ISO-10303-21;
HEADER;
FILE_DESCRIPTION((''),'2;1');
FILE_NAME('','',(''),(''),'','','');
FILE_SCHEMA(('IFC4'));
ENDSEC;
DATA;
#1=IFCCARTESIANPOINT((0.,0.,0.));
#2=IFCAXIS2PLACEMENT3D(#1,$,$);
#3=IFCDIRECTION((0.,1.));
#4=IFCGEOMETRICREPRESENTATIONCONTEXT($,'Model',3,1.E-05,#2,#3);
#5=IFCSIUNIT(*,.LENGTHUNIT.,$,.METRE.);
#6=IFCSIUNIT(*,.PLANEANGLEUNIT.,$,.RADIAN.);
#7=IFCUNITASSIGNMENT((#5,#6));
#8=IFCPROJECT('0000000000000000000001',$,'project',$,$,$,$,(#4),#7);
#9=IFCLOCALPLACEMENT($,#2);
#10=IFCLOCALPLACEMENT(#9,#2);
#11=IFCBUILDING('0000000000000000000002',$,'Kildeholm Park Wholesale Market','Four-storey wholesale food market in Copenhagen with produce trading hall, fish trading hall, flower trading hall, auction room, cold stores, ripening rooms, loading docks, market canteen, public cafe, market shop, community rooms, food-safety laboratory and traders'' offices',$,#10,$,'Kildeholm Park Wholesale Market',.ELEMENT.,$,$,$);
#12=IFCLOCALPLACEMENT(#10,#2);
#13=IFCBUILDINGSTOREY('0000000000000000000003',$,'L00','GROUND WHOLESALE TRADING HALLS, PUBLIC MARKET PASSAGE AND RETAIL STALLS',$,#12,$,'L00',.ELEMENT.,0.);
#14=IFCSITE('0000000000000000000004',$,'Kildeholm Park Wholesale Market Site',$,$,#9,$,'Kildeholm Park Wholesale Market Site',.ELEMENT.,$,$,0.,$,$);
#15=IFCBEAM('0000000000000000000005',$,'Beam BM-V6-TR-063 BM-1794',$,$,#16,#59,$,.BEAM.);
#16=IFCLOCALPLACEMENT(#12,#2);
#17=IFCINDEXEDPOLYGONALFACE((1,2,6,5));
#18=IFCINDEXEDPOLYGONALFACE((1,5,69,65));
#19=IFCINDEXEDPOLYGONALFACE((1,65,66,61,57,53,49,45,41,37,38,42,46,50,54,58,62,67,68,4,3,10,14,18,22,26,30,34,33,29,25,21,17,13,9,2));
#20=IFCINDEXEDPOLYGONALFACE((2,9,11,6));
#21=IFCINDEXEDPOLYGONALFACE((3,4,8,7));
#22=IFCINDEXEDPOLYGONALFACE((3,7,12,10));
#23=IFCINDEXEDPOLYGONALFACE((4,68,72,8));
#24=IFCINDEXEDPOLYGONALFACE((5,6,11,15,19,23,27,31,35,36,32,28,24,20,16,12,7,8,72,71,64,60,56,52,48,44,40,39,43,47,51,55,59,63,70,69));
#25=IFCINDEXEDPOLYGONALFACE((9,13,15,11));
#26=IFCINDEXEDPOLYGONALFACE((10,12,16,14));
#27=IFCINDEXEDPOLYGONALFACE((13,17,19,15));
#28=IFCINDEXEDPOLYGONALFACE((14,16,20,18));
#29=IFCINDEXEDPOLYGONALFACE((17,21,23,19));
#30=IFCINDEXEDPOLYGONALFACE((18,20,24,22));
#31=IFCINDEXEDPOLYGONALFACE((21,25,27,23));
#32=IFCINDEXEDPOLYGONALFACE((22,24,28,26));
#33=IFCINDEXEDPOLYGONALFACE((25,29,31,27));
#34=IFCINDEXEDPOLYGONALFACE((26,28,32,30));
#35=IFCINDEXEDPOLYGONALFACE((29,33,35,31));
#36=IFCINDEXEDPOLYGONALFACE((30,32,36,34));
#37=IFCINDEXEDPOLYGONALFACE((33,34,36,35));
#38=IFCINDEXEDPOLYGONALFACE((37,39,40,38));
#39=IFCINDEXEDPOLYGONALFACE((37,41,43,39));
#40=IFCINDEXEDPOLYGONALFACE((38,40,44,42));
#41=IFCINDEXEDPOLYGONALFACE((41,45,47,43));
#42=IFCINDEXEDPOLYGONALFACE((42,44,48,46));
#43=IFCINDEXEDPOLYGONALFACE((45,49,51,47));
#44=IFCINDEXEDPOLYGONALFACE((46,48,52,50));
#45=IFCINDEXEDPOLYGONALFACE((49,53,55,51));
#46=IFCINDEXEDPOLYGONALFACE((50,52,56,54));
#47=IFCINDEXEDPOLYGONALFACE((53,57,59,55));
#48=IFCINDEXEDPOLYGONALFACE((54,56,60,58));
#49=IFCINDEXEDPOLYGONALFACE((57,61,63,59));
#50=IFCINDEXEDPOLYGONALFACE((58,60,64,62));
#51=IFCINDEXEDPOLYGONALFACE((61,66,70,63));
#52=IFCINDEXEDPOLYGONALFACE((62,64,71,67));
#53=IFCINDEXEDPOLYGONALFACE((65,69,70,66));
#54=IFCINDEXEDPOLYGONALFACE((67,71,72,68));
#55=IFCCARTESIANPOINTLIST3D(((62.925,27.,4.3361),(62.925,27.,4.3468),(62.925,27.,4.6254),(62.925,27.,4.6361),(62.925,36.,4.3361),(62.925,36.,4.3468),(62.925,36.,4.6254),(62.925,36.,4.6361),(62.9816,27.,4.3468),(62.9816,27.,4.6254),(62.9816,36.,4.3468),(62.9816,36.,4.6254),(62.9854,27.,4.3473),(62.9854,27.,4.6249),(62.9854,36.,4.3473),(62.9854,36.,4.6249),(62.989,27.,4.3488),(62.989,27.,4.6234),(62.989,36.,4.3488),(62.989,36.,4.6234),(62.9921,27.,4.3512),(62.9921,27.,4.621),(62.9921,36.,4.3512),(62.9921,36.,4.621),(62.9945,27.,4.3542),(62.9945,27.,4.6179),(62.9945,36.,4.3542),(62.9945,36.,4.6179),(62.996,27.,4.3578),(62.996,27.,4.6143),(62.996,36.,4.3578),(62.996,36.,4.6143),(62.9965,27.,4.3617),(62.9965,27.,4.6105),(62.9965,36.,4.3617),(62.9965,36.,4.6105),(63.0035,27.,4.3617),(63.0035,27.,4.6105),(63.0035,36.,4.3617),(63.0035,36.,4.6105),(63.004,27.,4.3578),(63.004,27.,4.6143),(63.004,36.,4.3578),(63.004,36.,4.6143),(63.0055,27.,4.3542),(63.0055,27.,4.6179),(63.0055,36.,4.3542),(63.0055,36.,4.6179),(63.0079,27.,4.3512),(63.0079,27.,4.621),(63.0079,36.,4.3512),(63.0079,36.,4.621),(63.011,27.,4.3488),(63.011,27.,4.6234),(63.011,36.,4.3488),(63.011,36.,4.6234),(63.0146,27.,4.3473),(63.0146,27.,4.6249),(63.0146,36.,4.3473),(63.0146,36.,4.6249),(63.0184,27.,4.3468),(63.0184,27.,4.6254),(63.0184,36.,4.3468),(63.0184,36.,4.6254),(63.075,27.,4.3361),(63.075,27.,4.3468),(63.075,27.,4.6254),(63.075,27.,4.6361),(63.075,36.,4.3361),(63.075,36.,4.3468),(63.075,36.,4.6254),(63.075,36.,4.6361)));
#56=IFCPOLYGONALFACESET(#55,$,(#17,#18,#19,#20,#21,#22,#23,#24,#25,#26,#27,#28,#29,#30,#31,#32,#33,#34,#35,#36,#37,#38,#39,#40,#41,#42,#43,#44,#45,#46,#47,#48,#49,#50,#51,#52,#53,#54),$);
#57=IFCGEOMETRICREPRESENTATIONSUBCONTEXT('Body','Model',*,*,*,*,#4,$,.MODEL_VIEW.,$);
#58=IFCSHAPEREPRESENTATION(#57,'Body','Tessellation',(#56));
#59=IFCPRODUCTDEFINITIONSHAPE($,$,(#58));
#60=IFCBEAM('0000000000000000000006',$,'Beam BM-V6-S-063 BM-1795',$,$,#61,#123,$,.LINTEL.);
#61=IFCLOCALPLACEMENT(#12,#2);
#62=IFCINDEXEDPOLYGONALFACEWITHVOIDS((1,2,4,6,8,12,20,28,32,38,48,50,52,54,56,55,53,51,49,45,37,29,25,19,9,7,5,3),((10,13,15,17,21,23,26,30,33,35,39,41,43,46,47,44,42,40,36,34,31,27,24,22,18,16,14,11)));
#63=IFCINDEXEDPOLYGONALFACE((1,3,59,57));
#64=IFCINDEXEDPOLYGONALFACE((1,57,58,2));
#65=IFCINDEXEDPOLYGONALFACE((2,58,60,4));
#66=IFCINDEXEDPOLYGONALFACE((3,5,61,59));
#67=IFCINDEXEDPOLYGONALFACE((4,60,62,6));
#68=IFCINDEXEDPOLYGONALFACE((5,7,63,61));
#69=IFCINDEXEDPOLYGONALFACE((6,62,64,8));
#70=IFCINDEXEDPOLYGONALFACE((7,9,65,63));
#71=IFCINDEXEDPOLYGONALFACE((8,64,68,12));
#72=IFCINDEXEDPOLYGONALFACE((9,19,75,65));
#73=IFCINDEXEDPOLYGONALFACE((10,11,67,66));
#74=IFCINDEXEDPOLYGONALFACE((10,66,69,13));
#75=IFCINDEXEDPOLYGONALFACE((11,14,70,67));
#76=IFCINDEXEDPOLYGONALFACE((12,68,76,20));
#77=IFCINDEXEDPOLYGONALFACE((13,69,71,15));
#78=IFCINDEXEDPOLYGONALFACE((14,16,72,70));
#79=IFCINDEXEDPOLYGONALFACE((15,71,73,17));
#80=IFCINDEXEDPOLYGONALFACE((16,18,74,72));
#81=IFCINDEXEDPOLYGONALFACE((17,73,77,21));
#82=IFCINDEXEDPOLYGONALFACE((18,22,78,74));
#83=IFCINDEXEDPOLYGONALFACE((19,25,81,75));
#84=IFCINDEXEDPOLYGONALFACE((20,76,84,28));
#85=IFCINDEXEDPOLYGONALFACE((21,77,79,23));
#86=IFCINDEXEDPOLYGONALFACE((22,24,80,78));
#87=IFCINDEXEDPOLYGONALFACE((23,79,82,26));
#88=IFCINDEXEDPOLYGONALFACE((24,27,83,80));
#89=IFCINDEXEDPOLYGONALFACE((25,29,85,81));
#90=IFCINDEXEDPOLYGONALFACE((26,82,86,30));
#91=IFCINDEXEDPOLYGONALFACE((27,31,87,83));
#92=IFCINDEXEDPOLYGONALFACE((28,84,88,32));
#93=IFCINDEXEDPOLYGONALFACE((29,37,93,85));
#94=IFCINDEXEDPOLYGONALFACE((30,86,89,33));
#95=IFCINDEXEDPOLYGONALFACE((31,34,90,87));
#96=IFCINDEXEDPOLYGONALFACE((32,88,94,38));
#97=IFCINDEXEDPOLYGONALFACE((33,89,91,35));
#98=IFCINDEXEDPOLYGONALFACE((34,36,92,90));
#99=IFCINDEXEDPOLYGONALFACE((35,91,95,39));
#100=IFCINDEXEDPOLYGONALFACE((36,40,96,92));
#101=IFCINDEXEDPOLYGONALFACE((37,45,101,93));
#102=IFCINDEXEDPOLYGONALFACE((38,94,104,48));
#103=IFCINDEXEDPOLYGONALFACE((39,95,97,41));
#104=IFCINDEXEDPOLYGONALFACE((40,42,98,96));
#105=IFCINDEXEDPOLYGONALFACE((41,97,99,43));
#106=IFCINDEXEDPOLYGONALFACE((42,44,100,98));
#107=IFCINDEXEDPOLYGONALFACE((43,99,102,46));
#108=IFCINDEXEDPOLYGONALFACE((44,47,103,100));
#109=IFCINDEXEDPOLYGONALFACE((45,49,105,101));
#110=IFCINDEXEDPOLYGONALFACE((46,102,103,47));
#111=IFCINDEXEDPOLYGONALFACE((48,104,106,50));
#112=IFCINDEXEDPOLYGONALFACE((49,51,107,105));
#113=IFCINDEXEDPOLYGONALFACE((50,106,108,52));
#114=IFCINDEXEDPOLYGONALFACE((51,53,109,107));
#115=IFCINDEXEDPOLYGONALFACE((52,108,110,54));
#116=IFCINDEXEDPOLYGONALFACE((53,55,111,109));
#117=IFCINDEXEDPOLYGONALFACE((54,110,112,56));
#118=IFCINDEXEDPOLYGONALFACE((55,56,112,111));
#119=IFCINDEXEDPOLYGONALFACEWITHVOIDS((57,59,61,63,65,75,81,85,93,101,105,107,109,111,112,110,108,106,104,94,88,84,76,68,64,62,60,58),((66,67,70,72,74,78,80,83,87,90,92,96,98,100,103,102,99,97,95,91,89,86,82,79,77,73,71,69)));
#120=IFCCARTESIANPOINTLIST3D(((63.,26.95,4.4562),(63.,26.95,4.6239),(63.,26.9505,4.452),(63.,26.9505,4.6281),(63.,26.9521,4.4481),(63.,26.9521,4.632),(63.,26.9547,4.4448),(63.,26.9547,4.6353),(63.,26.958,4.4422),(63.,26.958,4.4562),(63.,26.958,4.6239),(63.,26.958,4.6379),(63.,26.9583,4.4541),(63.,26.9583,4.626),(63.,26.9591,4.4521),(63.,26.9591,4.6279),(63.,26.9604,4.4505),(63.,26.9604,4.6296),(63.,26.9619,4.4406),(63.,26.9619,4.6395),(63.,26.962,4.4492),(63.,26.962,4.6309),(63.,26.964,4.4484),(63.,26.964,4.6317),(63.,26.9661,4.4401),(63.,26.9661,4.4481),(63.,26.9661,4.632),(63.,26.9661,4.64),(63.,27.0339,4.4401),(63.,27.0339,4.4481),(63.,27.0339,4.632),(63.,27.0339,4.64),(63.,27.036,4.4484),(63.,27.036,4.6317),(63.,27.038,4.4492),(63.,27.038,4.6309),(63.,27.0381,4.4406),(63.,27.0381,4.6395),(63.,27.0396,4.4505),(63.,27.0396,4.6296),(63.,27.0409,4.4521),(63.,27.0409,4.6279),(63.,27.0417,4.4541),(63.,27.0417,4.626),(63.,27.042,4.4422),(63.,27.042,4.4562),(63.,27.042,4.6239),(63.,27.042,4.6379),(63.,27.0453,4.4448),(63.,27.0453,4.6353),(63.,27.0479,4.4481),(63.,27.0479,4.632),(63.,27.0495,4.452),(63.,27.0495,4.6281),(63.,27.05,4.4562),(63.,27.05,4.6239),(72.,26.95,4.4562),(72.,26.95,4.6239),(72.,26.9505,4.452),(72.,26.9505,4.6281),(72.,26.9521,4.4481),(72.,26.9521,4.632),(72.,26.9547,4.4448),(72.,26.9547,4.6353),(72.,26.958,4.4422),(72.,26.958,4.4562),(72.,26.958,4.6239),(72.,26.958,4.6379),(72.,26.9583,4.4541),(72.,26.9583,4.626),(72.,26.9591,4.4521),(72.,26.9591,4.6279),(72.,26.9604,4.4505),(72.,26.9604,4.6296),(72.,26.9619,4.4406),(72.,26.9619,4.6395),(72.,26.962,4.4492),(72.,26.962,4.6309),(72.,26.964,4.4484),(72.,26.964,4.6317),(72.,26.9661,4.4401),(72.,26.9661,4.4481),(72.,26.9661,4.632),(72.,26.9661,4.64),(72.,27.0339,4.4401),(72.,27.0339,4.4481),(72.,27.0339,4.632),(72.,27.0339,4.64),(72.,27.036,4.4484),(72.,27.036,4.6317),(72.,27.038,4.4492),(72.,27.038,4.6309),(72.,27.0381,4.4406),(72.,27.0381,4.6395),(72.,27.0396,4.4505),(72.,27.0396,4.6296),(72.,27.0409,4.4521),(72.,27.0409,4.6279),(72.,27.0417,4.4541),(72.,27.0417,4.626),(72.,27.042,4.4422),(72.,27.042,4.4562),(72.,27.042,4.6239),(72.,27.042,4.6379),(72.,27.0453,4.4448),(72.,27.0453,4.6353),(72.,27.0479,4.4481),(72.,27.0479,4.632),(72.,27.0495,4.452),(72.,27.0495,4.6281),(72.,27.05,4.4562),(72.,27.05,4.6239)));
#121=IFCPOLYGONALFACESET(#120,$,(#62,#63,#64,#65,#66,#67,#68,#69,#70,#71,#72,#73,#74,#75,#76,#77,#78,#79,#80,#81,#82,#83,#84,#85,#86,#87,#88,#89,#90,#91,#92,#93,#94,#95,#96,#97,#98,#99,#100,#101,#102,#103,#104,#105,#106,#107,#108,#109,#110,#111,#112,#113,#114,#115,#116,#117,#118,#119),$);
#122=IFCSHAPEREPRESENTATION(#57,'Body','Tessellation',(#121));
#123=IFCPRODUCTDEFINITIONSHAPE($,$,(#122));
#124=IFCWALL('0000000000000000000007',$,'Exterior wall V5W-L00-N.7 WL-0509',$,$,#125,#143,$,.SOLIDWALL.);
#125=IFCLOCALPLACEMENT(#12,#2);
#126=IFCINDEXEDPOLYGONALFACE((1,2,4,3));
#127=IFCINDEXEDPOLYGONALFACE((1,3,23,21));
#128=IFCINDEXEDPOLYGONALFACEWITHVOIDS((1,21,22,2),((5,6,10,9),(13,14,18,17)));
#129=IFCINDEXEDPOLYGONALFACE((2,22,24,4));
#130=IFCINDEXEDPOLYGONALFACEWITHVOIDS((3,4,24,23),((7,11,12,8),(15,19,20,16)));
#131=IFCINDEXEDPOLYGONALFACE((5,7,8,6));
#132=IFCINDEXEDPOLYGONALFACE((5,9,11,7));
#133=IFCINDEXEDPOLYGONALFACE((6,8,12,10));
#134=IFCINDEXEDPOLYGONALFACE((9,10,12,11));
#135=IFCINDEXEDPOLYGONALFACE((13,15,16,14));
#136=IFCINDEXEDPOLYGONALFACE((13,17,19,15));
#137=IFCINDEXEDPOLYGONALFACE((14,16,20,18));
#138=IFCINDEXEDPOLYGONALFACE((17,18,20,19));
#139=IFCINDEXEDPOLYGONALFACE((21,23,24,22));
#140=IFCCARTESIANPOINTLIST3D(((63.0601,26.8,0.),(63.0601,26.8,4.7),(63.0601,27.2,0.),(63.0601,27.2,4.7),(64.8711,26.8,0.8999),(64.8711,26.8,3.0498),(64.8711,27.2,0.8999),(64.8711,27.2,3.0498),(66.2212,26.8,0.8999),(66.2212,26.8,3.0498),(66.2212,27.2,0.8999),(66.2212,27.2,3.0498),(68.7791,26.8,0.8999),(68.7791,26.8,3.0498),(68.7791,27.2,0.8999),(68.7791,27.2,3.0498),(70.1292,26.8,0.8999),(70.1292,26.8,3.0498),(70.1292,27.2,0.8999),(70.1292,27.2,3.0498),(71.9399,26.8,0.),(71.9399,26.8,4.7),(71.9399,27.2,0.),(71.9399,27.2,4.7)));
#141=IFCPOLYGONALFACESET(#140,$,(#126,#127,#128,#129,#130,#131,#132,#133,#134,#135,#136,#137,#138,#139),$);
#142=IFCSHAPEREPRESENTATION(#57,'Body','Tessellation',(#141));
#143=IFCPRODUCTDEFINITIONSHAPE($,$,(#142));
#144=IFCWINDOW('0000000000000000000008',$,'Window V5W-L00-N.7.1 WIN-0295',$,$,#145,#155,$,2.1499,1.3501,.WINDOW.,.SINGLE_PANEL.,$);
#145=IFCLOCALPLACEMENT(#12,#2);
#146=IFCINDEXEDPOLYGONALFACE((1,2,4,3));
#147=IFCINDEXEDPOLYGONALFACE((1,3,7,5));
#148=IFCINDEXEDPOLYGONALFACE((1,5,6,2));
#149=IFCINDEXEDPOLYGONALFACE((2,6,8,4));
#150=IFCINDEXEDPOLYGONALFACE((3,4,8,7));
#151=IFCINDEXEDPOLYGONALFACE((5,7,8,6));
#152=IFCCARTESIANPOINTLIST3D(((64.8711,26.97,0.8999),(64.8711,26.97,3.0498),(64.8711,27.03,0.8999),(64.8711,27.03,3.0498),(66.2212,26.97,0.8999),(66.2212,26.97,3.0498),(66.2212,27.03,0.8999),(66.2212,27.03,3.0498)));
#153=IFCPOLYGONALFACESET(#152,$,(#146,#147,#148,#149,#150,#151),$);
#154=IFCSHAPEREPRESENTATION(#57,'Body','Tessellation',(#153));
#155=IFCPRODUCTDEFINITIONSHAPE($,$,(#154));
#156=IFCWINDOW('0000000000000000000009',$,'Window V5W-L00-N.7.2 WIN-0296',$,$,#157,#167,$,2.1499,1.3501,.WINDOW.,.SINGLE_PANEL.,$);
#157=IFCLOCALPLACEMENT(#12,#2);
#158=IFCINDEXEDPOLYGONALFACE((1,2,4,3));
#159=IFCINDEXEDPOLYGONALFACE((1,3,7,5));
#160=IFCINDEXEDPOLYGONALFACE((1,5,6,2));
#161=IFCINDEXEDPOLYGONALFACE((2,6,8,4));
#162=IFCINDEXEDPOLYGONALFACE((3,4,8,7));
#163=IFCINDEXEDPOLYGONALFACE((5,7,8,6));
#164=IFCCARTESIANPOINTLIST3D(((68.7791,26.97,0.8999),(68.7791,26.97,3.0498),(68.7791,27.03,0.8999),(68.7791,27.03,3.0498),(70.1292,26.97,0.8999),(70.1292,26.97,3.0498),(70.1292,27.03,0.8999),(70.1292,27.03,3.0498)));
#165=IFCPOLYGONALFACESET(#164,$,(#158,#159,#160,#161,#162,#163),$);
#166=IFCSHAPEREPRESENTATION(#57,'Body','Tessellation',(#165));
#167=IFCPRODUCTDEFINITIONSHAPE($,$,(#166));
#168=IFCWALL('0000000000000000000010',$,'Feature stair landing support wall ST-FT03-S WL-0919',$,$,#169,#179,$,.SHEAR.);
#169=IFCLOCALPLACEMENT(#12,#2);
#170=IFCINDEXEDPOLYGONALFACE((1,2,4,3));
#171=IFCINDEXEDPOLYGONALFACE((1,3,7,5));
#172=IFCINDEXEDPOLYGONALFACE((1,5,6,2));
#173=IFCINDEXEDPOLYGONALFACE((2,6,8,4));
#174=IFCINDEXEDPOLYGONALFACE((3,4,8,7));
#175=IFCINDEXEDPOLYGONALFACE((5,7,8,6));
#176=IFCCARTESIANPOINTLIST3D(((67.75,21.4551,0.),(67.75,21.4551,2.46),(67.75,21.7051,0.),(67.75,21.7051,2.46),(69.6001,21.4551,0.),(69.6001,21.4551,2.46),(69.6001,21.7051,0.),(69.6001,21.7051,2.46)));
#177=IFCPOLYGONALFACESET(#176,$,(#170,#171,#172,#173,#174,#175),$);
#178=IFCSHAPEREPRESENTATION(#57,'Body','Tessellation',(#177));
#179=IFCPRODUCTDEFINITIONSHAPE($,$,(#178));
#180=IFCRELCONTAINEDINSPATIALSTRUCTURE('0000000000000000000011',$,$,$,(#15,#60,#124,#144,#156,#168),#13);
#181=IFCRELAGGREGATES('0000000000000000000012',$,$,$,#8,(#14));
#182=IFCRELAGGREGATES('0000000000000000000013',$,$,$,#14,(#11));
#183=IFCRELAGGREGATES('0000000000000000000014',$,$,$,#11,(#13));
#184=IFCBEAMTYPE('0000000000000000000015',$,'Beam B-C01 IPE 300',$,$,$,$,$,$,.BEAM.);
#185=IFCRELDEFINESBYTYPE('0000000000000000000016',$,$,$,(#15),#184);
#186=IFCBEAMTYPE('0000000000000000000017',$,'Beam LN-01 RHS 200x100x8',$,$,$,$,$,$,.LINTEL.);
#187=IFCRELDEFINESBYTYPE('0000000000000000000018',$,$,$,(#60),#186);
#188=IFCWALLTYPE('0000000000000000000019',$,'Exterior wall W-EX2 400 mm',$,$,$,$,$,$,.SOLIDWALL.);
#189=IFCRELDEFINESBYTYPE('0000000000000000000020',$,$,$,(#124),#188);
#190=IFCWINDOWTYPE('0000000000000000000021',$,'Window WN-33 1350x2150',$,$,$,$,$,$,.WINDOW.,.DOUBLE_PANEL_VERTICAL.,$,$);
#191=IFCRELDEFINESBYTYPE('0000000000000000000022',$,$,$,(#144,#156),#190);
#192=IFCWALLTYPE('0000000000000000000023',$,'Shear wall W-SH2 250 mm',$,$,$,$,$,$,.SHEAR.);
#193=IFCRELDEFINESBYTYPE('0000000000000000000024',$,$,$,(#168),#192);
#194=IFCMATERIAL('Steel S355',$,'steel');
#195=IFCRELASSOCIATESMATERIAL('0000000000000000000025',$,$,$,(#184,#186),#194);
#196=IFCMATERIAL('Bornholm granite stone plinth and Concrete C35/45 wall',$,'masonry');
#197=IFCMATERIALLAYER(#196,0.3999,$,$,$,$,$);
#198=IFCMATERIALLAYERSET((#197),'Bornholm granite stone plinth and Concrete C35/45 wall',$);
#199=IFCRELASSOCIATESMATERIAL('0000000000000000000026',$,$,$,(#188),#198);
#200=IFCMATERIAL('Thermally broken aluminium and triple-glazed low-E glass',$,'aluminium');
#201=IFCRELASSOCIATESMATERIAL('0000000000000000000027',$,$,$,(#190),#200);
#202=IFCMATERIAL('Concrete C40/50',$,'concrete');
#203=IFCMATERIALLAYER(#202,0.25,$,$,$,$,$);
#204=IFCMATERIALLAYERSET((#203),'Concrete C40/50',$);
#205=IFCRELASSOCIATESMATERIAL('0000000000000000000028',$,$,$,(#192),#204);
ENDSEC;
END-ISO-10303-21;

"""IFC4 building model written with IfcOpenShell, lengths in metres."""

from ifc_helpers import new_model, si_unit, direction, frame, frame_2d, origin, origin_2d, place, context, subcontext, project, spatial, rectangle, hollow_rectangle, i_section, extrude, material, layer, layer_set, material_profile, profile_set, type_object, element, fill, save


model = new_model("IFC4")

# Units and contexts
model_context = context("Model", 3, precision=1e-05, world=origin(), true_north=direction((0.0, 1.0)))
body_context = subcontext(model_context, "Body", "Model", "MODEL_VIEW")
ifc_project = project(units=[si_unit("LENGTHUNIT", "METRE"), si_unit("PLANEANGLEUNIT", "RADIAN")], contexts=[model_context])

# Site, building, storey
site_placement = place(None, origin())
site = spatial("IfcSite", under=ifc_project, at=site_placement, Name="Kildeholm Park Wholesale Market Site", LongName="Kildeholm Park Wholesale Market Site", CompositionType="ELEMENT", RefElevation=0.0)
building_placement = place(site_placement, origin())
building = spatial("IfcBuilding", under=site, at=building_placement, Name="Kildeholm Park Wholesale Market", Description="Four-storey wholesale food market in Copenhagen with produce trading hall, fish trading hall, flower trading hall, auction room, cold stores, ripening rooms, loading docks, market canteen, public cafe, market shop, community rooms, food-safety laboratory and traders' offices", LongName="Kildeholm Park Wholesale Market", CompositionType="ELEMENT")
storey_placement = place(building_placement, origin())
storey = spatial("IfcBuildingStorey", under=building, at=storey_placement, Name="L00", Description="GROUND WHOLESALE TRADING HALLS, PUBLIC MARKET PASSAGE AND RETAIL STALLS", LongName="L00", CompositionType="ELEMENT", Elevation=0.0)

# Shared definitions
ifc_material_1 = material(Name="Steel S355", Category="steel")

# Beams
ifc_material_profile_1 = material_profile(ifc_material_1, i_section(OverallWidth=0.1499, OverallDepth=0.3, WebThickness=0.0071, FlangeThickness=0.0107, FilletRadius=0.0149, at=origin_2d()), Name="IPE 300")
ifc_profile_set_1 = profile_set([ifc_material_profile_1], Name="Steel S355")
beam_type_1 = type_object("IfcBeamType", Name="Beam B-C01 IPE 300", PredefinedType="BEAM", material=ifc_profile_set_1)
beam_1_placement = place(storey_placement, frame((63.0, 27.0, 4.4861), z_axis=(0.0, 1.0, 0.0), x_axis=(-1.0, 0.0, 0.0)))
element("IfcBeam", 1, at=beam_1_placement, inside=storey, type_object=beam_type_1, Name="Beam BM-V6-TR-063 BM-1794", PredefinedType="BEAM", context=body_context, shape_type="SweptSolid", body=[
    extrude(i_section(OverallWidth=0.1499, OverallDepth=0.3, WebThickness=0.0071, FlangeThickness=0.0107, FilletRadius=0.0149, at=origin_2d()), origin(), (0.0, 0.0, 1.0), 9.0),
])
ifc_material_profile_2 = material_profile(ifc_material_1, hollow_rectangle(XDim=0.1001, YDim=0.2, WallThickness=0.0081, InnerFilletRadius=0.0081, OuterFilletRadius=0.0161, at=origin_2d()), Name="RHS 200x100x8")
ifc_profile_set_2 = profile_set([ifc_material_profile_2], Name="Steel S355")
beam_type_2 = type_object("IfcBeamType", Name="Beam LN-01 RHS 200x100x8", PredefinedType="LINTEL", material=ifc_profile_set_2)
beam_2_placement = place(storey_placement, frame((63.0, 27.0, 4.54), z_axis=(1.0, 0.0, 0.0), x_axis=(0.0, 1.0, 0.0)))
element("IfcBeam", 2, at=beam_2_placement, inside=storey, type_object=beam_type_2, Name="Beam BM-V6-S-063 BM-1795", PredefinedType="LINTEL", context=body_context, shape_type="SweptSolid", body=[
    extrude(hollow_rectangle(XDim=0.1001, YDim=0.2, WallThickness=0.0081, InnerFilletRadius=0.0081, OuterFilletRadius=0.0161, at=origin_2d()), origin(), (0.0, 0.0, 1.0), 9.0),
])

# Wall, openings, windows
ifc_material_2 = material(Name="Bornholm granite stone plinth and Concrete C35/45 wall", Category="masonry")
ifc_layer_1 = layer(ifc_material_2, 0.3999)
ifc_layer_set_1 = layer_set([ifc_layer_1], Name="Bornholm granite stone plinth and Concrete C35/45 wall")
wall_type_1 = type_object("IfcWallType", Name="Exterior wall W-EX2 400 mm", PredefinedType="SOLIDWALL", material=ifc_layer_set_1)
wall_1_placement = place(storey_placement, frame((63.0601, 27.0, 0.0), z_axis=(0.0, 0.0, 1.0), x_axis=(1.0, 0.0, 0.0)))
wall_1 = element("IfcWall", 3, at=wall_1_placement, inside=storey, type_object=wall_type_1, Name="Exterior wall V5W-L00-N.7 WL-0509", PredefinedType="SOLIDWALL", context=body_context, shape_type="SweptSolid", body=[
    extrude(rectangle(XDim=8.8799, YDim=0.3999, at=frame_2d((4.4399, 0.0))), origin(), (0.0, 0.0, 1.0), 4.7),
])
opening_1_placement = place(wall_1_placement, frame((1.811, 0.0, 0.8999)))
opening_1 = element("IfcOpeningElement", 4, at=opening_1_placement, cuts=wall_1, PredefinedType="OPENING", context=body_context, shape_type="SweptSolid", body=[
    extrude(rectangle(XDim=1.3501, YDim=2.1499, at=frame_2d((0.675, 1.075))), frame((0.0, 0.21, 0.0), z_axis=(0.0, -1.0, 0.0), x_axis=(1.0, 0.0, 0.0)), (0.0, 0.0, 1.0), 0.4199),
])
opening_2_placement = place(wall_1_placement, frame((5.719, 0.0, 0.8999)))
opening_2 = element("IfcOpeningElement", 5, at=opening_2_placement, cuts=wall_1, PredefinedType="OPENING", context=body_context, shape_type="SweptSolid", body=[
    extrude(rectangle(XDim=1.3501, YDim=2.1499, at=frame_2d((0.675, 1.075))), frame((0.0, 0.21, 0.0), z_axis=(0.0, -1.0, 0.0), x_axis=(1.0, 0.0, 0.0)), (0.0, 0.0, 1.0), 0.4199),
])
ifc_material_3 = material(Name="Thermally broken aluminium and triple-glazed low-E glass", Category="aluminium")
window_type = type_object("IfcWindowType", Name="Window WN-33 1350x2150", PartitioningType="DOUBLE_PANEL_VERTICAL", PredefinedType="WINDOW", material=ifc_material_3)
window_1_placement = place(opening_1_placement, origin())
window_1 = element("IfcWindow", 6, at=window_1_placement, inside=storey, type_object=window_type, Name="Window V5W-L00-N.7.1 WIN-0295", OverallHeight=2.1499, OverallWidth=1.3501, PartitioningType="SINGLE_PANEL", PredefinedType="WINDOW", context=body_context, shape_type="SweptSolid", body=[
    extrude(rectangle(XDim=1.3501, YDim=2.1499, at=frame_2d((0.675, 1.075))), frame((0.0, 0.03, 0.0), z_axis=(0.0, -1.0, 0.0), x_axis=(1.0, 0.0, 0.0)), (0.0, 0.0, 1.0), 0.0601),
])
fill(opening_1, window_1)
window_2_placement = place(opening_2_placement, origin())
window_2 = element("IfcWindow", 7, at=window_2_placement, inside=storey, type_object=window_type, Name="Window V5W-L00-N.7.2 WIN-0296", OverallHeight=2.1499, OverallWidth=1.3501, PartitioningType="SINGLE_PANEL", PredefinedType="WINDOW", context=body_context, shape_type="SweptSolid", body=[
    extrude(rectangle(XDim=1.3501, YDim=2.1499, at=frame_2d((0.675, 1.075))), frame((0.0, 0.03, 0.0), z_axis=(0.0, -1.0, 0.0), x_axis=(1.0, 0.0, 0.0)), (0.0, 0.0, 1.0), 0.0601),
])
fill(opening_2, window_2)

# Wall
ifc_material_4 = material(Name="Concrete C40/50", Category="concrete")
ifc_layer_2 = layer(ifc_material_4, 0.25)
ifc_layer_set_2 = layer_set([ifc_layer_2], Name="Concrete C40/50")
wall_type_2 = type_object("IfcWallType", Name="Shear wall W-SH2 250 mm", PredefinedType="SHEAR", material=ifc_layer_set_2)
for number, where, z_axis, x_axis, name in (
    (8, (67.75, 21.5801, 0.0), (0.0, 0.0, 1.0), (1.0, 0.0, 0.0), "Feature stair landing support wall ST-FT03-S WL-0919"),
):
    element("IfcWall", number, at=place(storey_placement, frame(where, z_axis=z_axis, x_axis=x_axis)), inside=storey, type_object=wall_type_2, Name=name, PredefinedType="SHEAR", context=body_context, shape_type="SweptSolid", body=[
        extrude(rectangle(XDim=1.8501, YDim=0.25, at=frame_2d((0.925, 0.0))), origin(), (0.0, 0.0, 1.0), 2.46),
    ])

save(model, "model.ifc")
